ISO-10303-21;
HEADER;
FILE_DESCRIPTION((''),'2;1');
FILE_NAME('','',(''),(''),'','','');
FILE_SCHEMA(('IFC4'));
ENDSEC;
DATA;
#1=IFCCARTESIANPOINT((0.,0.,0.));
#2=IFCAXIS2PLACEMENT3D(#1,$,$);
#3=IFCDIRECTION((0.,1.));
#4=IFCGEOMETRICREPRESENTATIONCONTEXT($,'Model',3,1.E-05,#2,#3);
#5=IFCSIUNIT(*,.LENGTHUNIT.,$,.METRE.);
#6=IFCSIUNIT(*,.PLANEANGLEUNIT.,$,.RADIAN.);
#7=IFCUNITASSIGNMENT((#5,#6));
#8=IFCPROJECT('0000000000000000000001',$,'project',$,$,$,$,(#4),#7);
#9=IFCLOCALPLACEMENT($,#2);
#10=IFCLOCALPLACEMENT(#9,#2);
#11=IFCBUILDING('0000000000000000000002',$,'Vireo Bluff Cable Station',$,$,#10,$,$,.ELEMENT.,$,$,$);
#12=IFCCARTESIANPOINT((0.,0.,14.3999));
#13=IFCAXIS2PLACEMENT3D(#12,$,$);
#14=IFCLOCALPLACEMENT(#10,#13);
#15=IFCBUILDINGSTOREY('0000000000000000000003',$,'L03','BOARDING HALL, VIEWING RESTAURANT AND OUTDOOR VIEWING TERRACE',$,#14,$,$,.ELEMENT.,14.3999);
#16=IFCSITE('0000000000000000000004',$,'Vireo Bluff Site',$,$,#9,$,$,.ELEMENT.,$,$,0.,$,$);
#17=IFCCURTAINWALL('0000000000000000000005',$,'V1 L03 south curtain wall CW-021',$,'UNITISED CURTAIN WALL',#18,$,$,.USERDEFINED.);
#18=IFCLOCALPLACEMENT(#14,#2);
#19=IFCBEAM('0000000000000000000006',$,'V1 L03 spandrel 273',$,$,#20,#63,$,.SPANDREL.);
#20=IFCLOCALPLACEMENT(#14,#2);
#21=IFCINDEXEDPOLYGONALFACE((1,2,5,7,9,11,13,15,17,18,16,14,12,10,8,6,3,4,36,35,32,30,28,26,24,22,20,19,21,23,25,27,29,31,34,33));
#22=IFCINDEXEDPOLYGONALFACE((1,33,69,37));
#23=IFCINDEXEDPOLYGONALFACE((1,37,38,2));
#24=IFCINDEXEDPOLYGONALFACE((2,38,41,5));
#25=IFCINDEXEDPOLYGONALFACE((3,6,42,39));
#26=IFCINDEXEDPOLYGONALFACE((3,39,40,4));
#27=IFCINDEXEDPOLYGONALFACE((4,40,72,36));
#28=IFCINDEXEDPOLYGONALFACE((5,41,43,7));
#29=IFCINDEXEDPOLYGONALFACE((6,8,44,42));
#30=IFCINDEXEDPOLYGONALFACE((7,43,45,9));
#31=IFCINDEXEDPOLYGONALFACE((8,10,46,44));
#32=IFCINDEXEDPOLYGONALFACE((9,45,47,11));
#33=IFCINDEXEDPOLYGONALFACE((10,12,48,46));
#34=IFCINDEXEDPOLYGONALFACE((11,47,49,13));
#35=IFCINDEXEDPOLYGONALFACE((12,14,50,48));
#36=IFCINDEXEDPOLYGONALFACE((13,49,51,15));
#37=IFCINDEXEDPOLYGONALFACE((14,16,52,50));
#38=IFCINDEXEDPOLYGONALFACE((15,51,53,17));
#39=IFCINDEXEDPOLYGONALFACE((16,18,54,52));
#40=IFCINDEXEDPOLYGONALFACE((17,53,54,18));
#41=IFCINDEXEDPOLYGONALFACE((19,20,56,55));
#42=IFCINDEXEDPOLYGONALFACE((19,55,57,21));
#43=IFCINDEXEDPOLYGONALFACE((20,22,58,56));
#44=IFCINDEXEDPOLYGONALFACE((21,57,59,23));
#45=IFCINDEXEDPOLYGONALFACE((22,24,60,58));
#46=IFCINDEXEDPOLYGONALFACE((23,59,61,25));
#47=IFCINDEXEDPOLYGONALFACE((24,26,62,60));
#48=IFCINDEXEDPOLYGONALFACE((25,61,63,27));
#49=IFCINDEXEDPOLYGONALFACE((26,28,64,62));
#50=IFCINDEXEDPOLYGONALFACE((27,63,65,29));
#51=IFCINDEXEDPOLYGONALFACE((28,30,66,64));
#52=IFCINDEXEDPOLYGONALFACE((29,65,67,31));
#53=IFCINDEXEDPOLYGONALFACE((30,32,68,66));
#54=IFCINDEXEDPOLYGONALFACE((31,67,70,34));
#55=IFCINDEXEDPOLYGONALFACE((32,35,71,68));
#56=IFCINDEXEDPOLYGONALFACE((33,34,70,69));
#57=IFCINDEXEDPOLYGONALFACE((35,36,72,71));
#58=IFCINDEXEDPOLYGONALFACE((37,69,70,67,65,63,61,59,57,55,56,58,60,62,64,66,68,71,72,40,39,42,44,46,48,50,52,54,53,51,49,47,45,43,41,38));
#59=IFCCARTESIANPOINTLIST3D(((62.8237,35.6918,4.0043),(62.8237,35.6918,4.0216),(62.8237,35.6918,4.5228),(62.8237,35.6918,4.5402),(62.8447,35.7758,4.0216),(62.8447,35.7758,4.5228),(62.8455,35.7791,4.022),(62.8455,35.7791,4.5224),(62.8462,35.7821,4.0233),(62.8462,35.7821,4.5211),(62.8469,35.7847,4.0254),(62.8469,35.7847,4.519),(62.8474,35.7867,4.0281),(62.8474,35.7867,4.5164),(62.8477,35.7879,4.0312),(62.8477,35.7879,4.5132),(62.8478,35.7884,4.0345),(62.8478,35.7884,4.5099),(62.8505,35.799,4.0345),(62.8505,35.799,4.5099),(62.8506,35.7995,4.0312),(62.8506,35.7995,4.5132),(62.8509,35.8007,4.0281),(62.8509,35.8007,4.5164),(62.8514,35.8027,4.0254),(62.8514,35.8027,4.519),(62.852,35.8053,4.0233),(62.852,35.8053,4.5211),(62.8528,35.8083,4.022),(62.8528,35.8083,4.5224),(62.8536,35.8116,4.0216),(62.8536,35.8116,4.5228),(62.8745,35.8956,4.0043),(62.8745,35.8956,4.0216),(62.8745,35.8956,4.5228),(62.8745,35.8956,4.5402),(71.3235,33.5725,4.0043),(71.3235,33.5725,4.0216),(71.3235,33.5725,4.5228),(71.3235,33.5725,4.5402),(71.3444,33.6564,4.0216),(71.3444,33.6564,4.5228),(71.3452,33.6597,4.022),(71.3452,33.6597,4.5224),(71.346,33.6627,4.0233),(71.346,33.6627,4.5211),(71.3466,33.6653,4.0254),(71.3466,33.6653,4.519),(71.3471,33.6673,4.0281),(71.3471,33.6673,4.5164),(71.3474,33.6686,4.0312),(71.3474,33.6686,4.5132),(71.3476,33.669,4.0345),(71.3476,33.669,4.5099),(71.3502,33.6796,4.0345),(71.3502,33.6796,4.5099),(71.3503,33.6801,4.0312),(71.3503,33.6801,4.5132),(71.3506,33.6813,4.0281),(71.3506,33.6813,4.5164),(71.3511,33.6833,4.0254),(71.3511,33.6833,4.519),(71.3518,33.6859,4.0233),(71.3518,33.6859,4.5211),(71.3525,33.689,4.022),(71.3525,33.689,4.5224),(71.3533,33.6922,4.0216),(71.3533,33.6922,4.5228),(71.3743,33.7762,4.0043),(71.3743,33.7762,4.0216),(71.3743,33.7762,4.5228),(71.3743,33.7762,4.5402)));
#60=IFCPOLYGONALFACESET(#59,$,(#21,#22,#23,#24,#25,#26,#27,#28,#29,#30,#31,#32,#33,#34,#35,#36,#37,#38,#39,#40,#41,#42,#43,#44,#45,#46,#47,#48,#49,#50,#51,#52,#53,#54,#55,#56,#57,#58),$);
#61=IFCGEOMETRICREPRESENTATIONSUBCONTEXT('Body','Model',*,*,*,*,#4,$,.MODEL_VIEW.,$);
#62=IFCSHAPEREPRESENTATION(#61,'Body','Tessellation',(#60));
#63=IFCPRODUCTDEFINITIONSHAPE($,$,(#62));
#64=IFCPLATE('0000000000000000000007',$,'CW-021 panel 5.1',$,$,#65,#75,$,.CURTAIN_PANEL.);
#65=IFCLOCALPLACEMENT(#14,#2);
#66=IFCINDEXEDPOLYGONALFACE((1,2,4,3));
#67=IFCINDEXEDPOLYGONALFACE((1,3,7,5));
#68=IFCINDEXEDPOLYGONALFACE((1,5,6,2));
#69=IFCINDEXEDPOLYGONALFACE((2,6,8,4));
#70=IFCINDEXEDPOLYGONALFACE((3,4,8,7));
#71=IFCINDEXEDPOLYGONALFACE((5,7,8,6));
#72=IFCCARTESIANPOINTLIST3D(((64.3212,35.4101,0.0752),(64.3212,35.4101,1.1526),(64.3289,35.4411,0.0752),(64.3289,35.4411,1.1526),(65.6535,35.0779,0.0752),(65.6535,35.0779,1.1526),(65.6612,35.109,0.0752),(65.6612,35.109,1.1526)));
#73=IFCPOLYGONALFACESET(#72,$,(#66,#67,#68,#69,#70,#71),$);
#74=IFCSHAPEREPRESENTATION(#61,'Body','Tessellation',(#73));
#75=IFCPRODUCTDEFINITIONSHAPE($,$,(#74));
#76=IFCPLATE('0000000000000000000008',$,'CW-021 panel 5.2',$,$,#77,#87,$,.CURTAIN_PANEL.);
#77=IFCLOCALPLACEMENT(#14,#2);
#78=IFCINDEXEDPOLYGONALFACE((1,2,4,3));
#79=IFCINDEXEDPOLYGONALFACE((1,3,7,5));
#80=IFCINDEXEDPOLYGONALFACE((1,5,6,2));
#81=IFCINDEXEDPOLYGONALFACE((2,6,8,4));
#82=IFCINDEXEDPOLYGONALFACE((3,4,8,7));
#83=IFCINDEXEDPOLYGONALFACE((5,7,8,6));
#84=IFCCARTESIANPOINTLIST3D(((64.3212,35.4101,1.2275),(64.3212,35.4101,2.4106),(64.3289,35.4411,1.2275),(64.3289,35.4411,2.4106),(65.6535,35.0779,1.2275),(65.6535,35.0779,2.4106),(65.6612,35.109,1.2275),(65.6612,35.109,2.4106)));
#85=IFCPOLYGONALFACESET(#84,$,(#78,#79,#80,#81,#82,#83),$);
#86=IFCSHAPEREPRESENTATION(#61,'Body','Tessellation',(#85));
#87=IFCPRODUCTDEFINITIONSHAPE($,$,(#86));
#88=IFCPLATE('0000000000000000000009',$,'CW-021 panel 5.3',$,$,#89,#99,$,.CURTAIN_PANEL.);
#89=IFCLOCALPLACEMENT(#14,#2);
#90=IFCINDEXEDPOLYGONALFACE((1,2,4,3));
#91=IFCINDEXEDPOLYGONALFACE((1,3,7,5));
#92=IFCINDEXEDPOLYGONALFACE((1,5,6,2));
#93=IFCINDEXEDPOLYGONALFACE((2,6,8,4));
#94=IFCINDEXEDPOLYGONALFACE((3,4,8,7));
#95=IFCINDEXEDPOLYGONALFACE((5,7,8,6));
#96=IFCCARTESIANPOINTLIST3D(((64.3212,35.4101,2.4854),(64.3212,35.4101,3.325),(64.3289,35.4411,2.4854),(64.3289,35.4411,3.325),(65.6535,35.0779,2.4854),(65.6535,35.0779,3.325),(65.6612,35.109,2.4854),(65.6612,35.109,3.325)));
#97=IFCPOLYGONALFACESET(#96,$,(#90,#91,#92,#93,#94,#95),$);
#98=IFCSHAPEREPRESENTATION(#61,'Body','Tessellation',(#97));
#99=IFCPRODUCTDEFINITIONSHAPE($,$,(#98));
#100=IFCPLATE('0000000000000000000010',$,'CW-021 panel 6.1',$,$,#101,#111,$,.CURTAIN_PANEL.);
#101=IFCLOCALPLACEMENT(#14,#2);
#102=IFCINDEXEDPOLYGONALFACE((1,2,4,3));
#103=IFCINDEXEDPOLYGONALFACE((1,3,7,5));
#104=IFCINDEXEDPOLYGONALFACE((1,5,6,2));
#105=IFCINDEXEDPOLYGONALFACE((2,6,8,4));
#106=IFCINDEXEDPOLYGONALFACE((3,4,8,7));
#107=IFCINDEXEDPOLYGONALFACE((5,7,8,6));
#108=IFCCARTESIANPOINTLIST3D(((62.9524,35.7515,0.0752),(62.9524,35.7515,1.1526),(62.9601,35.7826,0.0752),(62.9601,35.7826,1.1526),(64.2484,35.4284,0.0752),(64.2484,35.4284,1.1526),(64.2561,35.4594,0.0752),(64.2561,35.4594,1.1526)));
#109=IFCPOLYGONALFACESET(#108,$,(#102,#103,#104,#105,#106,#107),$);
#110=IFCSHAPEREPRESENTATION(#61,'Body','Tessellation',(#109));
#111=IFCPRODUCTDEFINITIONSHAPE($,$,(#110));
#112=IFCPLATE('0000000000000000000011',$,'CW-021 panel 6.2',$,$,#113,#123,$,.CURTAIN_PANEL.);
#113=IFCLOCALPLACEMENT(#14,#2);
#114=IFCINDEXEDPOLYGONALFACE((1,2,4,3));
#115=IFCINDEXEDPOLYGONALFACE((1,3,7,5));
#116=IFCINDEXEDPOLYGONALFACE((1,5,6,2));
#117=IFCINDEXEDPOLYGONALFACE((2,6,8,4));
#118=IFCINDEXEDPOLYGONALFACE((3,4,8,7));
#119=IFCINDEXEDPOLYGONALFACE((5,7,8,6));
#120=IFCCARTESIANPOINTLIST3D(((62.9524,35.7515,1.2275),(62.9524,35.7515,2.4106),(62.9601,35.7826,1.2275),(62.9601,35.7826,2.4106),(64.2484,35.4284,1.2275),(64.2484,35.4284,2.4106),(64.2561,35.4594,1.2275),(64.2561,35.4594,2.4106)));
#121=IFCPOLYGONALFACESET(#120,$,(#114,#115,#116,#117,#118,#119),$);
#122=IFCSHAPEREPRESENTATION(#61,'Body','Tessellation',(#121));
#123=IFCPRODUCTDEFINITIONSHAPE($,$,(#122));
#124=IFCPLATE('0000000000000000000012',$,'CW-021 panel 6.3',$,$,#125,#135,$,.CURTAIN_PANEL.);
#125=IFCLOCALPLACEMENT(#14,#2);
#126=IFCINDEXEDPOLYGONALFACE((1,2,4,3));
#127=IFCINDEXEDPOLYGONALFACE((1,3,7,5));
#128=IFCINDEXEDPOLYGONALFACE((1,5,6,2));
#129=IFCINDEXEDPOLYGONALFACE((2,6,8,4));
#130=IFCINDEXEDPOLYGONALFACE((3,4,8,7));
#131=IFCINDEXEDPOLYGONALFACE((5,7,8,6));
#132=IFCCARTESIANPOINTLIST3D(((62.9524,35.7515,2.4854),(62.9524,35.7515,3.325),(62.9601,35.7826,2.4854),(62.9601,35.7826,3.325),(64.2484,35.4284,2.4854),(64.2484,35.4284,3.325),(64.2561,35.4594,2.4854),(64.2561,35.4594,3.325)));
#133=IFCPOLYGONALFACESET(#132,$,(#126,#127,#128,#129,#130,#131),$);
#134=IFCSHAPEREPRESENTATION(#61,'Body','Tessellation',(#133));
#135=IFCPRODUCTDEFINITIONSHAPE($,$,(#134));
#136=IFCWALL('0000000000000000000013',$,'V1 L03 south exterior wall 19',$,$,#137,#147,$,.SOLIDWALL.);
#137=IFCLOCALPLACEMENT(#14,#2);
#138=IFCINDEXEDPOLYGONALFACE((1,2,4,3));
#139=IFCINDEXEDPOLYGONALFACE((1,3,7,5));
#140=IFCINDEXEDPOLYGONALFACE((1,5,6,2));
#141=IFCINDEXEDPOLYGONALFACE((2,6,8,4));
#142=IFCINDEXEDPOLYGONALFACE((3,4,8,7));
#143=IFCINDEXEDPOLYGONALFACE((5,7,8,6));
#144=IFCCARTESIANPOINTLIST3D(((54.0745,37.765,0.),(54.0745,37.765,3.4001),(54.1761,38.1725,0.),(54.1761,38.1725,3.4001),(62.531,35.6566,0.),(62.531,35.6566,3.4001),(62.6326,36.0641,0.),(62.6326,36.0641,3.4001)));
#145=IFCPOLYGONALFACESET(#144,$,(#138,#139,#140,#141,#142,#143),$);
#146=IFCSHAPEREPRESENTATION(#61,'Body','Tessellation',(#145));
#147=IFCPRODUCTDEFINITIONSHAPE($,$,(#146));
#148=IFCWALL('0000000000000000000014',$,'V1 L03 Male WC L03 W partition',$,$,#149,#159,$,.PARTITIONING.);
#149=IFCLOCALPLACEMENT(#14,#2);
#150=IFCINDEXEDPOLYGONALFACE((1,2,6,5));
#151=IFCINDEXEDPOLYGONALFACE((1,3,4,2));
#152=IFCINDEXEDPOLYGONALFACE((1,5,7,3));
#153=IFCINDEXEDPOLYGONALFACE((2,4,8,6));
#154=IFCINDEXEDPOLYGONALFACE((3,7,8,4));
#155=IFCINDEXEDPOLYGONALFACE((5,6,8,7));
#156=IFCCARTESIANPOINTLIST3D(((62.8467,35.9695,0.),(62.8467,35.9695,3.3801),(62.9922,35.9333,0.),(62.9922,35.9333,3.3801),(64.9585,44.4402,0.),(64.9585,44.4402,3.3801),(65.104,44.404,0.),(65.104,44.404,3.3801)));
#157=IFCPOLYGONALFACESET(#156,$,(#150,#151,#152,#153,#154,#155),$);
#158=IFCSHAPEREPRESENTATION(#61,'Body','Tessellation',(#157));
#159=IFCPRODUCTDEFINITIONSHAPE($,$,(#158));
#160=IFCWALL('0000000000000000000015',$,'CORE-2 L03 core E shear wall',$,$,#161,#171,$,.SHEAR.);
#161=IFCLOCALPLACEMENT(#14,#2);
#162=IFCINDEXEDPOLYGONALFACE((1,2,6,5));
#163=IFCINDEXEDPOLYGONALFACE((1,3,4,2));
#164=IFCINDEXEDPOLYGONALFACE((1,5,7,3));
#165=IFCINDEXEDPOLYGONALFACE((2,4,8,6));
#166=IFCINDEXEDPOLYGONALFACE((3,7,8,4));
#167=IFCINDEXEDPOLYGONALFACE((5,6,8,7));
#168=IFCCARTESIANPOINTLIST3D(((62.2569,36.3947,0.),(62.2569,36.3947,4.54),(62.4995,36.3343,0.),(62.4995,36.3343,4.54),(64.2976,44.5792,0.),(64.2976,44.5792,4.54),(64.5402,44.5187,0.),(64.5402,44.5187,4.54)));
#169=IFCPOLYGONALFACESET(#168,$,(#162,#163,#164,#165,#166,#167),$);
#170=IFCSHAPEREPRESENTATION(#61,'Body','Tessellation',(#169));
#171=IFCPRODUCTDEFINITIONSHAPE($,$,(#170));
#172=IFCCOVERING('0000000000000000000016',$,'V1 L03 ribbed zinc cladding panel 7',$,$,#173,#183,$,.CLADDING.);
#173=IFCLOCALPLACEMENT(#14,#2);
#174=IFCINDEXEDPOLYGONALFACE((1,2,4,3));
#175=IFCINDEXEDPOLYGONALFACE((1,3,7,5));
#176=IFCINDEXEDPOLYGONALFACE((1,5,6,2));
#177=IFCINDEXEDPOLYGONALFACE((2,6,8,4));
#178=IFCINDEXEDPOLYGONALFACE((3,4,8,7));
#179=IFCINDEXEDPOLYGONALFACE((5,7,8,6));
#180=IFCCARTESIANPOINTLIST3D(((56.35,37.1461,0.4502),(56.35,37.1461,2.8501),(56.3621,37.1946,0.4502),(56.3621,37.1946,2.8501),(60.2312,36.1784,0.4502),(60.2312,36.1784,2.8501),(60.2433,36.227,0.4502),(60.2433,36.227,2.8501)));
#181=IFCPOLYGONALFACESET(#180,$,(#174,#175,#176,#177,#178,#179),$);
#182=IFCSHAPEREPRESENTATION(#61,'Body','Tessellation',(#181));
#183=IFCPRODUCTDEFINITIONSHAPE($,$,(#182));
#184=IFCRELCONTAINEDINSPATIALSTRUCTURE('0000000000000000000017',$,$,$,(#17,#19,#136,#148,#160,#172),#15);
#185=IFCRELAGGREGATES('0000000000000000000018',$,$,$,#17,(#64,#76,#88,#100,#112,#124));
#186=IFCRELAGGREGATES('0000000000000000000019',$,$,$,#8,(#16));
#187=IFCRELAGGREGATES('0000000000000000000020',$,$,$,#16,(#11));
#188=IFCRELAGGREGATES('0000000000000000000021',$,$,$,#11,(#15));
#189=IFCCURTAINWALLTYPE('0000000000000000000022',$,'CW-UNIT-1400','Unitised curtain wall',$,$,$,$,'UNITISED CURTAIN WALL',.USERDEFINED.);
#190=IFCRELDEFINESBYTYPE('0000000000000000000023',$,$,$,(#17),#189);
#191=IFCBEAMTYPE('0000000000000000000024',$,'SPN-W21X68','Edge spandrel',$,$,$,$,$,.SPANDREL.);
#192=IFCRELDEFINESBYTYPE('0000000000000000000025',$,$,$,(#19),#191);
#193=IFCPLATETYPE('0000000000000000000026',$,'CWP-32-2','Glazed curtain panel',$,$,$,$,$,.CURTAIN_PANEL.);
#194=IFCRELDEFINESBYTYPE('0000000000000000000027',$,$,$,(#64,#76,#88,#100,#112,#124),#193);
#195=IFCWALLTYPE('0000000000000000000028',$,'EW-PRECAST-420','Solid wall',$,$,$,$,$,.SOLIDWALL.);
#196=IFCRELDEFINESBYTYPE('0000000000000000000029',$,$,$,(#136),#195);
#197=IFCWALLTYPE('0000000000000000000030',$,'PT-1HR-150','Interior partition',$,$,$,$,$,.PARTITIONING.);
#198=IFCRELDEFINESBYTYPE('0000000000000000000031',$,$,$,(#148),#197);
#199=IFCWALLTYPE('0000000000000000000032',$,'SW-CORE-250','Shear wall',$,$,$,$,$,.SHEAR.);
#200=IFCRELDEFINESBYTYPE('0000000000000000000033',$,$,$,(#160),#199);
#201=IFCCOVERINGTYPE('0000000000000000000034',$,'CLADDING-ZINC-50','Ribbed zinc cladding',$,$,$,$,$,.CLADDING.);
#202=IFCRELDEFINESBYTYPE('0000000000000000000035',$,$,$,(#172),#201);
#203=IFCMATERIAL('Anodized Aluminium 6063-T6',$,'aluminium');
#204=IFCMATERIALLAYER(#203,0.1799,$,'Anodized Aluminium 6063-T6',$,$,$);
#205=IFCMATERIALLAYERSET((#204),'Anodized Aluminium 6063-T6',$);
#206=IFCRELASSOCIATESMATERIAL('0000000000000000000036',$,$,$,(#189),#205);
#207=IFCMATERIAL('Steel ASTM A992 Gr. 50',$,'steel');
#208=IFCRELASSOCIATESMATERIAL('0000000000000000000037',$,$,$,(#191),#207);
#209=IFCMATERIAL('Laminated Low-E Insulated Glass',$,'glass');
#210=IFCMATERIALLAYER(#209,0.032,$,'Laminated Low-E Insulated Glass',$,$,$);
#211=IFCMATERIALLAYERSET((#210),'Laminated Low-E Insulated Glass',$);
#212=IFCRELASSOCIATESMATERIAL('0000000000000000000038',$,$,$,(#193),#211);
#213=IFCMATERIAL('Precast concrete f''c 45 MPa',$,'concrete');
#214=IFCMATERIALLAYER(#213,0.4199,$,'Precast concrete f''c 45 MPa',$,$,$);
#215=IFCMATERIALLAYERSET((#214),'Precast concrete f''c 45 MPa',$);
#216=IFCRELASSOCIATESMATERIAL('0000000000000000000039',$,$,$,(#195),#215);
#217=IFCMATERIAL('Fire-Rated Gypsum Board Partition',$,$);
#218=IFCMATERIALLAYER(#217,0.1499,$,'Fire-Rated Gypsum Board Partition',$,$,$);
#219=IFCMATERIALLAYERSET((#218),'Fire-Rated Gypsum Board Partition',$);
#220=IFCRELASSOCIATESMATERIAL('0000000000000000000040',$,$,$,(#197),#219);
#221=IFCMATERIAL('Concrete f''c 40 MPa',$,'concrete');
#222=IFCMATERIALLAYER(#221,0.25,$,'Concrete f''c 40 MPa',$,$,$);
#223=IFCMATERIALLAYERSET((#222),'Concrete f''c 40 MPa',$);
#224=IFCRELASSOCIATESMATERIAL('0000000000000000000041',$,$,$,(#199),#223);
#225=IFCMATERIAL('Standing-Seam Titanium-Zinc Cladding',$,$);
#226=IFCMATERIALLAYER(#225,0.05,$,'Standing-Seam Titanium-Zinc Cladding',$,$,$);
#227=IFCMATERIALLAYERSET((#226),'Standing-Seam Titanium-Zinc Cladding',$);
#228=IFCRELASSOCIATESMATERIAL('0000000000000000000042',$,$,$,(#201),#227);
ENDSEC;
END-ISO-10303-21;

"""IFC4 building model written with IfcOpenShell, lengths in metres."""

from ifc_helpers import new_model, si_unit, direction, frame, frame_2d, origin, origin_2d, place, context, subcontext, project, spatial, rectangle, i_section, extrude, material, layer, layer_set, material_profile, profile_set, type_object, element, aggregate, save


model = new_model("IFC4")

# Units and contexts
model_context = context("Model", 3, precision=1e-05, world=origin(), true_north=direction((0.0, 1.0)))
body_context = subcontext(model_context, "Body", "Model", "MODEL_VIEW")
ifc_project = project(units=[si_unit("LENGTHUNIT", "METRE"), si_unit("PLANEANGLEUNIT", "RADIAN")], contexts=[model_context])

# Site, building, storey
site_placement = place(None, origin())
site = spatial("IfcSite", under=ifc_project, at=site_placement, Name="Vireo Bluff Site", CompositionType="ELEMENT", RefElevation=0.0)
building_placement = place(site_placement, origin())
building = spatial("IfcBuilding", under=site, at=building_placement, Name="Vireo Bluff Cable Station", CompositionType="ELEMENT")
storey_placement = place(building_placement, frame((0.0, 0.0, 14.3999)))
storey = spatial("IfcBuildingStorey", under=building, at=storey_placement, Name="L03", Description="BOARDING HALL, VIEWING RESTAURANT AND OUTDOOR VIEWING TERRACE", CompositionType="ELEMENT", Elevation=14.3999)

# Shared definitions
ifc_material_1 = material(Name="Steel ASTM A992 Gr. 50", Category="steel")

# Curtain wall
ifc_material_2 = material(Name="Anodized Aluminium 6063-T6", Category="aluminium")
ifc_layer_1 = layer(ifc_material_2, 0.1799, Name="Anodized Aluminium 6063-T6")
ifc_layer_set_1 = layer_set([ifc_layer_1], Name="Anodized Aluminium 6063-T6")
curtain_wall_type = type_object("IfcCurtainWallType", Name="CW-UNIT-1400", Description="Unitised curtain wall", ElementType="UNITISED CURTAIN WALL", PredefinedType="USERDEFINED", material=ifc_layer_set_1)
curtain_wall_placement = place(storey_placement, origin())
curtain_wall = element("IfcCurtainWall", 1, at=curtain_wall_placement, inside=storey, type_object=curtain_wall_type, Name="V1 L03 south curtain wall CW-021", ObjectType="UNITISED CURTAIN WALL", PredefinedType="USERDEFINED")

# Beam
ifc_material_profile_1 = material_profile(ifc_material_1, i_section(OverallWidth=0.21, OverallDepth=0.5359, WebThickness=0.011, FlangeThickness=0.0173, FilletRadius=0.0129, at=origin_2d()), Name="W21X68")
ifc_profile_set_1 = profile_set([ifc_material_profile_1], Name="Steel ASTM A992 Gr. 50")
beam_type_1 = type_object("IfcBeamType", Name="SPN-W21X68", Description="Edge spandrel", PredefinedType="SPANDREL", material=ifc_profile_set_1)
beam_1_placement = place(storey_placement, frame((62.8491, 35.7937, 4.2722), z_axis=(0.970292, -0.241939, 0.0), x_axis=(0.241939, 0.970292, 0.0)))
element("IfcBeam", 2, at=beam_1_placement, inside=storey, type_object=beam_type_1, Name="V1 L03 spandrel 273", PredefinedType="SPANDREL", context=body_context, shape_type="SweptSolid", body=[
    extrude(i_section(OverallWidth=0.21, OverallDepth=0.5359, WebThickness=0.011, FlangeThickness=0.0173, FilletRadius=0.0129, at=origin_2d()), origin(), (0.0, 0.0, 1.0), 8.76),
])

# Plates
ifc_material_3 = material(Name="Laminated Low-E Insulated Glass", Category="glass")
ifc_layer_2 = layer(ifc_material_3, 0.032, Name="Laminated Low-E Insulated Glass")
ifc_layer_set_2 = layer_set([ifc_layer_2], Name="Laminated Low-E Insulated Glass")
plate_type = type_object("IfcPlateType", Name="CWP-32-2", Description="Glazed curtain panel", PredefinedType="CURTAIN_PANEL", material=ifc_layer_set_2)
plate_1_placement = place(storey_placement, frame((64.9912, 35.2595, 0.0752), z_axis=(0.0, 0.0, 1.0), x_axis=(-0.970296, 0.241922, 0.0)))
plate_1 = element("IfcPlate", 3, at=plate_1_placement, type_object=plate_type, Name="CW-021 panel 5.1", PredefinedType="CURTAIN_PANEL", context=body_context, shape_type="SweptSolid", body=[
    extrude(rectangle(XDim=1.373, YDim=0.032, at=origin_2d()), origin(), (0.0, 0.0, 1.0), 1.0774),
])
plate_2_placement = place(storey_placement, frame((64.9912, 35.2595, 1.2275), z_axis=(0.0, 0.0, 1.0), x_axis=(-0.970296, 0.241922, 0.0)))
plate_2 = element("IfcPlate", 4, at=plate_2_placement, type_object=plate_type, Name="CW-021 panel 5.2", PredefinedType="CURTAIN_PANEL", context=body_context, shape_type="SweptSolid", body=[
    extrude(rectangle(XDim=1.373, YDim=0.032, at=origin_2d()), origin(), (0.0, 0.0, 1.0), 1.1831),
])
plate_3_placement = place(storey_placement, frame((64.9912, 35.2595, 2.4854), z_axis=(0.0, 0.0, 1.0), x_axis=(-0.970296, 0.241922, 0.0)))
plate_3 = element("IfcPlate", 5, at=plate_3_placement, type_object=plate_type, Name="CW-021 panel 5.3", PredefinedType="CURTAIN_PANEL", context=body_context, shape_type="SweptSolid", body=[
    extrude(rectangle(XDim=1.373, YDim=0.032, at=origin_2d()), origin(), (0.0, 0.0, 1.0), 0.8396),
])
plate_4_placement = place(storey_placement, frame((63.6042, 35.6055, 0.0752), z_axis=(0.0, 0.0, 1.0), x_axis=(-0.970296, 0.241922, 0.0)))
plate_4 = element("IfcPlate", 6, at=plate_4_placement, type_object=plate_type, Name="CW-021 panel 6.1", PredefinedType="CURTAIN_PANEL", context=body_context, shape_type="SweptSolid", body=[
    extrude(rectangle(XDim=1.3357, YDim=0.032, at=origin_2d()), origin(), (0.0, 0.0, 1.0), 1.0774),
])
plate_5_placement = place(storey_placement, frame((63.6042, 35.6055, 1.2275), z_axis=(0.0, 0.0, 1.0), x_axis=(-0.970296, 0.241922, 0.0)))
plate_5 = element("IfcPlate", 7, at=plate_5_placement, type_object=plate_type, Name="CW-021 panel 6.2", PredefinedType="CURTAIN_PANEL", context=body_context, shape_type="SweptSolid", body=[
    extrude(rectangle(XDim=1.3357, YDim=0.032, at=origin_2d()), origin(), (0.0, 0.0, 1.0), 1.1831),
])
plate_6_placement = place(storey_placement, frame((63.6042, 35.6055, 2.4854), z_axis=(0.0, 0.0, 1.0), x_axis=(-0.970296, 0.241922, 0.0)))
plate_6 = element("IfcPlate", 8, at=plate_6_placement, type_object=plate_type, Name="CW-021 panel 6.3", PredefinedType="CURTAIN_PANEL", context=body_context, shape_type="SweptSolid", body=[
    extrude(rectangle(XDim=1.3357, YDim=0.032, at=origin_2d()), origin(), (0.0, 0.0, 1.0), 0.8396),
])
aggregate(curtain_wall, [plate_1, plate_2, plate_3, plate_4, plate_5, plate_6])

# Walls
ifc_material_4 = material(Name="Precast concrete f'c 45 MPa", Category="concrete")
ifc_layer_3 = layer(ifc_material_4, 0.4199, Name="Precast concrete f'c 45 MPa")
ifc_layer_set_3 = layer_set([ifc_layer_3], Name="Precast concrete f'c 45 MPa")
wall_type_1 = type_object("IfcWallType", Name="EW-PRECAST-420", Description="Solid wall", PredefinedType="SOLIDWALL", material=ifc_layer_set_3)
wall_1_placement = place(storey_placement, frame((62.5818, 35.8604, 0.0), z_axis=(0.0, 0.0, 1.0), x_axis=(-0.970297, 0.241916, 0.0)))
element("IfcWall", 9, at=wall_1_placement, inside=storey, type_object=wall_type_1, Name="V1 L03 south exterior wall 19", PredefinedType="SOLIDWALL", context=body_context, shape_type="SweptSolid", body=[
    extrude(rectangle(XDim=8.7153, YDim=0.4199, at=frame_2d((4.3577, 0.0))), origin(), (0.0, 0.0, 1.0), 3.4001),
])
ifc_material_5 = material(Name="Fire-Rated Gypsum Board Partition")
ifc_layer_4 = layer(ifc_material_5, 0.1499, Name="Fire-Rated Gypsum Board Partition")
ifc_layer_set_4 = layer_set([ifc_layer_4], Name="Fire-Rated Gypsum Board Partition")
wall_type_2 = type_object("IfcWallType", Name="PT-1HR-150", Description="Interior partition", PredefinedType="PARTITIONING", material=ifc_layer_set_4)
wall_2_placement = place(storey_placement, frame((62.9194, 35.9514, 0.0), z_axis=(0.0, 0.0, 1.0), x_axis=(0.241904, 0.9703, 0.0)))
element("IfcWall", 10, at=wall_2_placement, inside=storey, type_object=wall_type_2, Name="V1 L03 Male WC L03 W partition", PredefinedType="PARTITIONING", context=body_context, shape_type="SweptSolid", body=[
    extrude(rectangle(XDim=8.73, YDim=0.1499, at=frame_2d((4.365, 0.0))), origin(), (0.0, 0.0, 1.0), 3.3801),
])
ifc_material_6 = material(Name="Concrete f'c 40 MPa", Category="concrete")
ifc_layer_5 = layer(ifc_material_6, 0.25, Name="Concrete f'c 40 MPa")
ifc_layer_set_5 = layer_set([ifc_layer_5], Name="Concrete f'c 40 MPa")
wall_type_3 = type_object("IfcWallType", Name="SW-CORE-250", Description="Shear wall", PredefinedType="SHEAR", material=ifc_layer_set_5)
wall_3_placement = place(storey_placement, frame((62.3782, 36.3645, 0.0), z_axis=(0.0, 0.0, 1.0), x_axis=(0.241936, 0.970292, 0.0)))
element("IfcWall", 11, at=wall_3_placement, inside=storey, type_object=wall_type_3, Name="CORE-2 L03 core E shear wall", PredefinedType="SHEAR", context=body_context, shape_type="SweptSolid", body=[
    extrude(rectangle(XDim=8.4351, YDim=0.25, at=frame_2d((4.2175, 0.0))), origin(), (0.0, 0.0, 1.0), 4.54),
])

# Covering
ifc_material_7 = material(Name="Standing-Seam Titanium-Zinc Cladding")
ifc_layer_6 = layer(ifc_material_7, 0.05, Name="Standing-Seam Titanium-Zinc Cladding")
ifc_layer_set_6 = layer_set([ifc_layer_6], Name="Standing-Seam Titanium-Zinc Cladding")
covering_type_1 = type_object("IfcCoveringType", Name="CLADDING-ZINC-50", Description="Ribbed zinc cladding", PredefinedType="CLADDING", material=ifc_layer_set_6)
covering_1_placement = place(storey_placement, frame((58.2966, 36.6865, 0.4502), z_axis=(0.0, 0.0, 1.0), x_axis=(-0.970296, 0.241922, 0.0)))
element("IfcCovering", 12, at=covering_1_placement, inside=storey, type_object=covering_type_1, Name="V1 L03 ribbed zinc cladding panel 7", PredefinedType="CLADDING", context=body_context, shape_type="SweptSolid", body=[
    extrude(rectangle(XDim=4.0, YDim=0.05, at=origin_2d()), origin(), (0.0, 0.0, 1.0), 2.3999),
])

save(model, "model.ifc")
